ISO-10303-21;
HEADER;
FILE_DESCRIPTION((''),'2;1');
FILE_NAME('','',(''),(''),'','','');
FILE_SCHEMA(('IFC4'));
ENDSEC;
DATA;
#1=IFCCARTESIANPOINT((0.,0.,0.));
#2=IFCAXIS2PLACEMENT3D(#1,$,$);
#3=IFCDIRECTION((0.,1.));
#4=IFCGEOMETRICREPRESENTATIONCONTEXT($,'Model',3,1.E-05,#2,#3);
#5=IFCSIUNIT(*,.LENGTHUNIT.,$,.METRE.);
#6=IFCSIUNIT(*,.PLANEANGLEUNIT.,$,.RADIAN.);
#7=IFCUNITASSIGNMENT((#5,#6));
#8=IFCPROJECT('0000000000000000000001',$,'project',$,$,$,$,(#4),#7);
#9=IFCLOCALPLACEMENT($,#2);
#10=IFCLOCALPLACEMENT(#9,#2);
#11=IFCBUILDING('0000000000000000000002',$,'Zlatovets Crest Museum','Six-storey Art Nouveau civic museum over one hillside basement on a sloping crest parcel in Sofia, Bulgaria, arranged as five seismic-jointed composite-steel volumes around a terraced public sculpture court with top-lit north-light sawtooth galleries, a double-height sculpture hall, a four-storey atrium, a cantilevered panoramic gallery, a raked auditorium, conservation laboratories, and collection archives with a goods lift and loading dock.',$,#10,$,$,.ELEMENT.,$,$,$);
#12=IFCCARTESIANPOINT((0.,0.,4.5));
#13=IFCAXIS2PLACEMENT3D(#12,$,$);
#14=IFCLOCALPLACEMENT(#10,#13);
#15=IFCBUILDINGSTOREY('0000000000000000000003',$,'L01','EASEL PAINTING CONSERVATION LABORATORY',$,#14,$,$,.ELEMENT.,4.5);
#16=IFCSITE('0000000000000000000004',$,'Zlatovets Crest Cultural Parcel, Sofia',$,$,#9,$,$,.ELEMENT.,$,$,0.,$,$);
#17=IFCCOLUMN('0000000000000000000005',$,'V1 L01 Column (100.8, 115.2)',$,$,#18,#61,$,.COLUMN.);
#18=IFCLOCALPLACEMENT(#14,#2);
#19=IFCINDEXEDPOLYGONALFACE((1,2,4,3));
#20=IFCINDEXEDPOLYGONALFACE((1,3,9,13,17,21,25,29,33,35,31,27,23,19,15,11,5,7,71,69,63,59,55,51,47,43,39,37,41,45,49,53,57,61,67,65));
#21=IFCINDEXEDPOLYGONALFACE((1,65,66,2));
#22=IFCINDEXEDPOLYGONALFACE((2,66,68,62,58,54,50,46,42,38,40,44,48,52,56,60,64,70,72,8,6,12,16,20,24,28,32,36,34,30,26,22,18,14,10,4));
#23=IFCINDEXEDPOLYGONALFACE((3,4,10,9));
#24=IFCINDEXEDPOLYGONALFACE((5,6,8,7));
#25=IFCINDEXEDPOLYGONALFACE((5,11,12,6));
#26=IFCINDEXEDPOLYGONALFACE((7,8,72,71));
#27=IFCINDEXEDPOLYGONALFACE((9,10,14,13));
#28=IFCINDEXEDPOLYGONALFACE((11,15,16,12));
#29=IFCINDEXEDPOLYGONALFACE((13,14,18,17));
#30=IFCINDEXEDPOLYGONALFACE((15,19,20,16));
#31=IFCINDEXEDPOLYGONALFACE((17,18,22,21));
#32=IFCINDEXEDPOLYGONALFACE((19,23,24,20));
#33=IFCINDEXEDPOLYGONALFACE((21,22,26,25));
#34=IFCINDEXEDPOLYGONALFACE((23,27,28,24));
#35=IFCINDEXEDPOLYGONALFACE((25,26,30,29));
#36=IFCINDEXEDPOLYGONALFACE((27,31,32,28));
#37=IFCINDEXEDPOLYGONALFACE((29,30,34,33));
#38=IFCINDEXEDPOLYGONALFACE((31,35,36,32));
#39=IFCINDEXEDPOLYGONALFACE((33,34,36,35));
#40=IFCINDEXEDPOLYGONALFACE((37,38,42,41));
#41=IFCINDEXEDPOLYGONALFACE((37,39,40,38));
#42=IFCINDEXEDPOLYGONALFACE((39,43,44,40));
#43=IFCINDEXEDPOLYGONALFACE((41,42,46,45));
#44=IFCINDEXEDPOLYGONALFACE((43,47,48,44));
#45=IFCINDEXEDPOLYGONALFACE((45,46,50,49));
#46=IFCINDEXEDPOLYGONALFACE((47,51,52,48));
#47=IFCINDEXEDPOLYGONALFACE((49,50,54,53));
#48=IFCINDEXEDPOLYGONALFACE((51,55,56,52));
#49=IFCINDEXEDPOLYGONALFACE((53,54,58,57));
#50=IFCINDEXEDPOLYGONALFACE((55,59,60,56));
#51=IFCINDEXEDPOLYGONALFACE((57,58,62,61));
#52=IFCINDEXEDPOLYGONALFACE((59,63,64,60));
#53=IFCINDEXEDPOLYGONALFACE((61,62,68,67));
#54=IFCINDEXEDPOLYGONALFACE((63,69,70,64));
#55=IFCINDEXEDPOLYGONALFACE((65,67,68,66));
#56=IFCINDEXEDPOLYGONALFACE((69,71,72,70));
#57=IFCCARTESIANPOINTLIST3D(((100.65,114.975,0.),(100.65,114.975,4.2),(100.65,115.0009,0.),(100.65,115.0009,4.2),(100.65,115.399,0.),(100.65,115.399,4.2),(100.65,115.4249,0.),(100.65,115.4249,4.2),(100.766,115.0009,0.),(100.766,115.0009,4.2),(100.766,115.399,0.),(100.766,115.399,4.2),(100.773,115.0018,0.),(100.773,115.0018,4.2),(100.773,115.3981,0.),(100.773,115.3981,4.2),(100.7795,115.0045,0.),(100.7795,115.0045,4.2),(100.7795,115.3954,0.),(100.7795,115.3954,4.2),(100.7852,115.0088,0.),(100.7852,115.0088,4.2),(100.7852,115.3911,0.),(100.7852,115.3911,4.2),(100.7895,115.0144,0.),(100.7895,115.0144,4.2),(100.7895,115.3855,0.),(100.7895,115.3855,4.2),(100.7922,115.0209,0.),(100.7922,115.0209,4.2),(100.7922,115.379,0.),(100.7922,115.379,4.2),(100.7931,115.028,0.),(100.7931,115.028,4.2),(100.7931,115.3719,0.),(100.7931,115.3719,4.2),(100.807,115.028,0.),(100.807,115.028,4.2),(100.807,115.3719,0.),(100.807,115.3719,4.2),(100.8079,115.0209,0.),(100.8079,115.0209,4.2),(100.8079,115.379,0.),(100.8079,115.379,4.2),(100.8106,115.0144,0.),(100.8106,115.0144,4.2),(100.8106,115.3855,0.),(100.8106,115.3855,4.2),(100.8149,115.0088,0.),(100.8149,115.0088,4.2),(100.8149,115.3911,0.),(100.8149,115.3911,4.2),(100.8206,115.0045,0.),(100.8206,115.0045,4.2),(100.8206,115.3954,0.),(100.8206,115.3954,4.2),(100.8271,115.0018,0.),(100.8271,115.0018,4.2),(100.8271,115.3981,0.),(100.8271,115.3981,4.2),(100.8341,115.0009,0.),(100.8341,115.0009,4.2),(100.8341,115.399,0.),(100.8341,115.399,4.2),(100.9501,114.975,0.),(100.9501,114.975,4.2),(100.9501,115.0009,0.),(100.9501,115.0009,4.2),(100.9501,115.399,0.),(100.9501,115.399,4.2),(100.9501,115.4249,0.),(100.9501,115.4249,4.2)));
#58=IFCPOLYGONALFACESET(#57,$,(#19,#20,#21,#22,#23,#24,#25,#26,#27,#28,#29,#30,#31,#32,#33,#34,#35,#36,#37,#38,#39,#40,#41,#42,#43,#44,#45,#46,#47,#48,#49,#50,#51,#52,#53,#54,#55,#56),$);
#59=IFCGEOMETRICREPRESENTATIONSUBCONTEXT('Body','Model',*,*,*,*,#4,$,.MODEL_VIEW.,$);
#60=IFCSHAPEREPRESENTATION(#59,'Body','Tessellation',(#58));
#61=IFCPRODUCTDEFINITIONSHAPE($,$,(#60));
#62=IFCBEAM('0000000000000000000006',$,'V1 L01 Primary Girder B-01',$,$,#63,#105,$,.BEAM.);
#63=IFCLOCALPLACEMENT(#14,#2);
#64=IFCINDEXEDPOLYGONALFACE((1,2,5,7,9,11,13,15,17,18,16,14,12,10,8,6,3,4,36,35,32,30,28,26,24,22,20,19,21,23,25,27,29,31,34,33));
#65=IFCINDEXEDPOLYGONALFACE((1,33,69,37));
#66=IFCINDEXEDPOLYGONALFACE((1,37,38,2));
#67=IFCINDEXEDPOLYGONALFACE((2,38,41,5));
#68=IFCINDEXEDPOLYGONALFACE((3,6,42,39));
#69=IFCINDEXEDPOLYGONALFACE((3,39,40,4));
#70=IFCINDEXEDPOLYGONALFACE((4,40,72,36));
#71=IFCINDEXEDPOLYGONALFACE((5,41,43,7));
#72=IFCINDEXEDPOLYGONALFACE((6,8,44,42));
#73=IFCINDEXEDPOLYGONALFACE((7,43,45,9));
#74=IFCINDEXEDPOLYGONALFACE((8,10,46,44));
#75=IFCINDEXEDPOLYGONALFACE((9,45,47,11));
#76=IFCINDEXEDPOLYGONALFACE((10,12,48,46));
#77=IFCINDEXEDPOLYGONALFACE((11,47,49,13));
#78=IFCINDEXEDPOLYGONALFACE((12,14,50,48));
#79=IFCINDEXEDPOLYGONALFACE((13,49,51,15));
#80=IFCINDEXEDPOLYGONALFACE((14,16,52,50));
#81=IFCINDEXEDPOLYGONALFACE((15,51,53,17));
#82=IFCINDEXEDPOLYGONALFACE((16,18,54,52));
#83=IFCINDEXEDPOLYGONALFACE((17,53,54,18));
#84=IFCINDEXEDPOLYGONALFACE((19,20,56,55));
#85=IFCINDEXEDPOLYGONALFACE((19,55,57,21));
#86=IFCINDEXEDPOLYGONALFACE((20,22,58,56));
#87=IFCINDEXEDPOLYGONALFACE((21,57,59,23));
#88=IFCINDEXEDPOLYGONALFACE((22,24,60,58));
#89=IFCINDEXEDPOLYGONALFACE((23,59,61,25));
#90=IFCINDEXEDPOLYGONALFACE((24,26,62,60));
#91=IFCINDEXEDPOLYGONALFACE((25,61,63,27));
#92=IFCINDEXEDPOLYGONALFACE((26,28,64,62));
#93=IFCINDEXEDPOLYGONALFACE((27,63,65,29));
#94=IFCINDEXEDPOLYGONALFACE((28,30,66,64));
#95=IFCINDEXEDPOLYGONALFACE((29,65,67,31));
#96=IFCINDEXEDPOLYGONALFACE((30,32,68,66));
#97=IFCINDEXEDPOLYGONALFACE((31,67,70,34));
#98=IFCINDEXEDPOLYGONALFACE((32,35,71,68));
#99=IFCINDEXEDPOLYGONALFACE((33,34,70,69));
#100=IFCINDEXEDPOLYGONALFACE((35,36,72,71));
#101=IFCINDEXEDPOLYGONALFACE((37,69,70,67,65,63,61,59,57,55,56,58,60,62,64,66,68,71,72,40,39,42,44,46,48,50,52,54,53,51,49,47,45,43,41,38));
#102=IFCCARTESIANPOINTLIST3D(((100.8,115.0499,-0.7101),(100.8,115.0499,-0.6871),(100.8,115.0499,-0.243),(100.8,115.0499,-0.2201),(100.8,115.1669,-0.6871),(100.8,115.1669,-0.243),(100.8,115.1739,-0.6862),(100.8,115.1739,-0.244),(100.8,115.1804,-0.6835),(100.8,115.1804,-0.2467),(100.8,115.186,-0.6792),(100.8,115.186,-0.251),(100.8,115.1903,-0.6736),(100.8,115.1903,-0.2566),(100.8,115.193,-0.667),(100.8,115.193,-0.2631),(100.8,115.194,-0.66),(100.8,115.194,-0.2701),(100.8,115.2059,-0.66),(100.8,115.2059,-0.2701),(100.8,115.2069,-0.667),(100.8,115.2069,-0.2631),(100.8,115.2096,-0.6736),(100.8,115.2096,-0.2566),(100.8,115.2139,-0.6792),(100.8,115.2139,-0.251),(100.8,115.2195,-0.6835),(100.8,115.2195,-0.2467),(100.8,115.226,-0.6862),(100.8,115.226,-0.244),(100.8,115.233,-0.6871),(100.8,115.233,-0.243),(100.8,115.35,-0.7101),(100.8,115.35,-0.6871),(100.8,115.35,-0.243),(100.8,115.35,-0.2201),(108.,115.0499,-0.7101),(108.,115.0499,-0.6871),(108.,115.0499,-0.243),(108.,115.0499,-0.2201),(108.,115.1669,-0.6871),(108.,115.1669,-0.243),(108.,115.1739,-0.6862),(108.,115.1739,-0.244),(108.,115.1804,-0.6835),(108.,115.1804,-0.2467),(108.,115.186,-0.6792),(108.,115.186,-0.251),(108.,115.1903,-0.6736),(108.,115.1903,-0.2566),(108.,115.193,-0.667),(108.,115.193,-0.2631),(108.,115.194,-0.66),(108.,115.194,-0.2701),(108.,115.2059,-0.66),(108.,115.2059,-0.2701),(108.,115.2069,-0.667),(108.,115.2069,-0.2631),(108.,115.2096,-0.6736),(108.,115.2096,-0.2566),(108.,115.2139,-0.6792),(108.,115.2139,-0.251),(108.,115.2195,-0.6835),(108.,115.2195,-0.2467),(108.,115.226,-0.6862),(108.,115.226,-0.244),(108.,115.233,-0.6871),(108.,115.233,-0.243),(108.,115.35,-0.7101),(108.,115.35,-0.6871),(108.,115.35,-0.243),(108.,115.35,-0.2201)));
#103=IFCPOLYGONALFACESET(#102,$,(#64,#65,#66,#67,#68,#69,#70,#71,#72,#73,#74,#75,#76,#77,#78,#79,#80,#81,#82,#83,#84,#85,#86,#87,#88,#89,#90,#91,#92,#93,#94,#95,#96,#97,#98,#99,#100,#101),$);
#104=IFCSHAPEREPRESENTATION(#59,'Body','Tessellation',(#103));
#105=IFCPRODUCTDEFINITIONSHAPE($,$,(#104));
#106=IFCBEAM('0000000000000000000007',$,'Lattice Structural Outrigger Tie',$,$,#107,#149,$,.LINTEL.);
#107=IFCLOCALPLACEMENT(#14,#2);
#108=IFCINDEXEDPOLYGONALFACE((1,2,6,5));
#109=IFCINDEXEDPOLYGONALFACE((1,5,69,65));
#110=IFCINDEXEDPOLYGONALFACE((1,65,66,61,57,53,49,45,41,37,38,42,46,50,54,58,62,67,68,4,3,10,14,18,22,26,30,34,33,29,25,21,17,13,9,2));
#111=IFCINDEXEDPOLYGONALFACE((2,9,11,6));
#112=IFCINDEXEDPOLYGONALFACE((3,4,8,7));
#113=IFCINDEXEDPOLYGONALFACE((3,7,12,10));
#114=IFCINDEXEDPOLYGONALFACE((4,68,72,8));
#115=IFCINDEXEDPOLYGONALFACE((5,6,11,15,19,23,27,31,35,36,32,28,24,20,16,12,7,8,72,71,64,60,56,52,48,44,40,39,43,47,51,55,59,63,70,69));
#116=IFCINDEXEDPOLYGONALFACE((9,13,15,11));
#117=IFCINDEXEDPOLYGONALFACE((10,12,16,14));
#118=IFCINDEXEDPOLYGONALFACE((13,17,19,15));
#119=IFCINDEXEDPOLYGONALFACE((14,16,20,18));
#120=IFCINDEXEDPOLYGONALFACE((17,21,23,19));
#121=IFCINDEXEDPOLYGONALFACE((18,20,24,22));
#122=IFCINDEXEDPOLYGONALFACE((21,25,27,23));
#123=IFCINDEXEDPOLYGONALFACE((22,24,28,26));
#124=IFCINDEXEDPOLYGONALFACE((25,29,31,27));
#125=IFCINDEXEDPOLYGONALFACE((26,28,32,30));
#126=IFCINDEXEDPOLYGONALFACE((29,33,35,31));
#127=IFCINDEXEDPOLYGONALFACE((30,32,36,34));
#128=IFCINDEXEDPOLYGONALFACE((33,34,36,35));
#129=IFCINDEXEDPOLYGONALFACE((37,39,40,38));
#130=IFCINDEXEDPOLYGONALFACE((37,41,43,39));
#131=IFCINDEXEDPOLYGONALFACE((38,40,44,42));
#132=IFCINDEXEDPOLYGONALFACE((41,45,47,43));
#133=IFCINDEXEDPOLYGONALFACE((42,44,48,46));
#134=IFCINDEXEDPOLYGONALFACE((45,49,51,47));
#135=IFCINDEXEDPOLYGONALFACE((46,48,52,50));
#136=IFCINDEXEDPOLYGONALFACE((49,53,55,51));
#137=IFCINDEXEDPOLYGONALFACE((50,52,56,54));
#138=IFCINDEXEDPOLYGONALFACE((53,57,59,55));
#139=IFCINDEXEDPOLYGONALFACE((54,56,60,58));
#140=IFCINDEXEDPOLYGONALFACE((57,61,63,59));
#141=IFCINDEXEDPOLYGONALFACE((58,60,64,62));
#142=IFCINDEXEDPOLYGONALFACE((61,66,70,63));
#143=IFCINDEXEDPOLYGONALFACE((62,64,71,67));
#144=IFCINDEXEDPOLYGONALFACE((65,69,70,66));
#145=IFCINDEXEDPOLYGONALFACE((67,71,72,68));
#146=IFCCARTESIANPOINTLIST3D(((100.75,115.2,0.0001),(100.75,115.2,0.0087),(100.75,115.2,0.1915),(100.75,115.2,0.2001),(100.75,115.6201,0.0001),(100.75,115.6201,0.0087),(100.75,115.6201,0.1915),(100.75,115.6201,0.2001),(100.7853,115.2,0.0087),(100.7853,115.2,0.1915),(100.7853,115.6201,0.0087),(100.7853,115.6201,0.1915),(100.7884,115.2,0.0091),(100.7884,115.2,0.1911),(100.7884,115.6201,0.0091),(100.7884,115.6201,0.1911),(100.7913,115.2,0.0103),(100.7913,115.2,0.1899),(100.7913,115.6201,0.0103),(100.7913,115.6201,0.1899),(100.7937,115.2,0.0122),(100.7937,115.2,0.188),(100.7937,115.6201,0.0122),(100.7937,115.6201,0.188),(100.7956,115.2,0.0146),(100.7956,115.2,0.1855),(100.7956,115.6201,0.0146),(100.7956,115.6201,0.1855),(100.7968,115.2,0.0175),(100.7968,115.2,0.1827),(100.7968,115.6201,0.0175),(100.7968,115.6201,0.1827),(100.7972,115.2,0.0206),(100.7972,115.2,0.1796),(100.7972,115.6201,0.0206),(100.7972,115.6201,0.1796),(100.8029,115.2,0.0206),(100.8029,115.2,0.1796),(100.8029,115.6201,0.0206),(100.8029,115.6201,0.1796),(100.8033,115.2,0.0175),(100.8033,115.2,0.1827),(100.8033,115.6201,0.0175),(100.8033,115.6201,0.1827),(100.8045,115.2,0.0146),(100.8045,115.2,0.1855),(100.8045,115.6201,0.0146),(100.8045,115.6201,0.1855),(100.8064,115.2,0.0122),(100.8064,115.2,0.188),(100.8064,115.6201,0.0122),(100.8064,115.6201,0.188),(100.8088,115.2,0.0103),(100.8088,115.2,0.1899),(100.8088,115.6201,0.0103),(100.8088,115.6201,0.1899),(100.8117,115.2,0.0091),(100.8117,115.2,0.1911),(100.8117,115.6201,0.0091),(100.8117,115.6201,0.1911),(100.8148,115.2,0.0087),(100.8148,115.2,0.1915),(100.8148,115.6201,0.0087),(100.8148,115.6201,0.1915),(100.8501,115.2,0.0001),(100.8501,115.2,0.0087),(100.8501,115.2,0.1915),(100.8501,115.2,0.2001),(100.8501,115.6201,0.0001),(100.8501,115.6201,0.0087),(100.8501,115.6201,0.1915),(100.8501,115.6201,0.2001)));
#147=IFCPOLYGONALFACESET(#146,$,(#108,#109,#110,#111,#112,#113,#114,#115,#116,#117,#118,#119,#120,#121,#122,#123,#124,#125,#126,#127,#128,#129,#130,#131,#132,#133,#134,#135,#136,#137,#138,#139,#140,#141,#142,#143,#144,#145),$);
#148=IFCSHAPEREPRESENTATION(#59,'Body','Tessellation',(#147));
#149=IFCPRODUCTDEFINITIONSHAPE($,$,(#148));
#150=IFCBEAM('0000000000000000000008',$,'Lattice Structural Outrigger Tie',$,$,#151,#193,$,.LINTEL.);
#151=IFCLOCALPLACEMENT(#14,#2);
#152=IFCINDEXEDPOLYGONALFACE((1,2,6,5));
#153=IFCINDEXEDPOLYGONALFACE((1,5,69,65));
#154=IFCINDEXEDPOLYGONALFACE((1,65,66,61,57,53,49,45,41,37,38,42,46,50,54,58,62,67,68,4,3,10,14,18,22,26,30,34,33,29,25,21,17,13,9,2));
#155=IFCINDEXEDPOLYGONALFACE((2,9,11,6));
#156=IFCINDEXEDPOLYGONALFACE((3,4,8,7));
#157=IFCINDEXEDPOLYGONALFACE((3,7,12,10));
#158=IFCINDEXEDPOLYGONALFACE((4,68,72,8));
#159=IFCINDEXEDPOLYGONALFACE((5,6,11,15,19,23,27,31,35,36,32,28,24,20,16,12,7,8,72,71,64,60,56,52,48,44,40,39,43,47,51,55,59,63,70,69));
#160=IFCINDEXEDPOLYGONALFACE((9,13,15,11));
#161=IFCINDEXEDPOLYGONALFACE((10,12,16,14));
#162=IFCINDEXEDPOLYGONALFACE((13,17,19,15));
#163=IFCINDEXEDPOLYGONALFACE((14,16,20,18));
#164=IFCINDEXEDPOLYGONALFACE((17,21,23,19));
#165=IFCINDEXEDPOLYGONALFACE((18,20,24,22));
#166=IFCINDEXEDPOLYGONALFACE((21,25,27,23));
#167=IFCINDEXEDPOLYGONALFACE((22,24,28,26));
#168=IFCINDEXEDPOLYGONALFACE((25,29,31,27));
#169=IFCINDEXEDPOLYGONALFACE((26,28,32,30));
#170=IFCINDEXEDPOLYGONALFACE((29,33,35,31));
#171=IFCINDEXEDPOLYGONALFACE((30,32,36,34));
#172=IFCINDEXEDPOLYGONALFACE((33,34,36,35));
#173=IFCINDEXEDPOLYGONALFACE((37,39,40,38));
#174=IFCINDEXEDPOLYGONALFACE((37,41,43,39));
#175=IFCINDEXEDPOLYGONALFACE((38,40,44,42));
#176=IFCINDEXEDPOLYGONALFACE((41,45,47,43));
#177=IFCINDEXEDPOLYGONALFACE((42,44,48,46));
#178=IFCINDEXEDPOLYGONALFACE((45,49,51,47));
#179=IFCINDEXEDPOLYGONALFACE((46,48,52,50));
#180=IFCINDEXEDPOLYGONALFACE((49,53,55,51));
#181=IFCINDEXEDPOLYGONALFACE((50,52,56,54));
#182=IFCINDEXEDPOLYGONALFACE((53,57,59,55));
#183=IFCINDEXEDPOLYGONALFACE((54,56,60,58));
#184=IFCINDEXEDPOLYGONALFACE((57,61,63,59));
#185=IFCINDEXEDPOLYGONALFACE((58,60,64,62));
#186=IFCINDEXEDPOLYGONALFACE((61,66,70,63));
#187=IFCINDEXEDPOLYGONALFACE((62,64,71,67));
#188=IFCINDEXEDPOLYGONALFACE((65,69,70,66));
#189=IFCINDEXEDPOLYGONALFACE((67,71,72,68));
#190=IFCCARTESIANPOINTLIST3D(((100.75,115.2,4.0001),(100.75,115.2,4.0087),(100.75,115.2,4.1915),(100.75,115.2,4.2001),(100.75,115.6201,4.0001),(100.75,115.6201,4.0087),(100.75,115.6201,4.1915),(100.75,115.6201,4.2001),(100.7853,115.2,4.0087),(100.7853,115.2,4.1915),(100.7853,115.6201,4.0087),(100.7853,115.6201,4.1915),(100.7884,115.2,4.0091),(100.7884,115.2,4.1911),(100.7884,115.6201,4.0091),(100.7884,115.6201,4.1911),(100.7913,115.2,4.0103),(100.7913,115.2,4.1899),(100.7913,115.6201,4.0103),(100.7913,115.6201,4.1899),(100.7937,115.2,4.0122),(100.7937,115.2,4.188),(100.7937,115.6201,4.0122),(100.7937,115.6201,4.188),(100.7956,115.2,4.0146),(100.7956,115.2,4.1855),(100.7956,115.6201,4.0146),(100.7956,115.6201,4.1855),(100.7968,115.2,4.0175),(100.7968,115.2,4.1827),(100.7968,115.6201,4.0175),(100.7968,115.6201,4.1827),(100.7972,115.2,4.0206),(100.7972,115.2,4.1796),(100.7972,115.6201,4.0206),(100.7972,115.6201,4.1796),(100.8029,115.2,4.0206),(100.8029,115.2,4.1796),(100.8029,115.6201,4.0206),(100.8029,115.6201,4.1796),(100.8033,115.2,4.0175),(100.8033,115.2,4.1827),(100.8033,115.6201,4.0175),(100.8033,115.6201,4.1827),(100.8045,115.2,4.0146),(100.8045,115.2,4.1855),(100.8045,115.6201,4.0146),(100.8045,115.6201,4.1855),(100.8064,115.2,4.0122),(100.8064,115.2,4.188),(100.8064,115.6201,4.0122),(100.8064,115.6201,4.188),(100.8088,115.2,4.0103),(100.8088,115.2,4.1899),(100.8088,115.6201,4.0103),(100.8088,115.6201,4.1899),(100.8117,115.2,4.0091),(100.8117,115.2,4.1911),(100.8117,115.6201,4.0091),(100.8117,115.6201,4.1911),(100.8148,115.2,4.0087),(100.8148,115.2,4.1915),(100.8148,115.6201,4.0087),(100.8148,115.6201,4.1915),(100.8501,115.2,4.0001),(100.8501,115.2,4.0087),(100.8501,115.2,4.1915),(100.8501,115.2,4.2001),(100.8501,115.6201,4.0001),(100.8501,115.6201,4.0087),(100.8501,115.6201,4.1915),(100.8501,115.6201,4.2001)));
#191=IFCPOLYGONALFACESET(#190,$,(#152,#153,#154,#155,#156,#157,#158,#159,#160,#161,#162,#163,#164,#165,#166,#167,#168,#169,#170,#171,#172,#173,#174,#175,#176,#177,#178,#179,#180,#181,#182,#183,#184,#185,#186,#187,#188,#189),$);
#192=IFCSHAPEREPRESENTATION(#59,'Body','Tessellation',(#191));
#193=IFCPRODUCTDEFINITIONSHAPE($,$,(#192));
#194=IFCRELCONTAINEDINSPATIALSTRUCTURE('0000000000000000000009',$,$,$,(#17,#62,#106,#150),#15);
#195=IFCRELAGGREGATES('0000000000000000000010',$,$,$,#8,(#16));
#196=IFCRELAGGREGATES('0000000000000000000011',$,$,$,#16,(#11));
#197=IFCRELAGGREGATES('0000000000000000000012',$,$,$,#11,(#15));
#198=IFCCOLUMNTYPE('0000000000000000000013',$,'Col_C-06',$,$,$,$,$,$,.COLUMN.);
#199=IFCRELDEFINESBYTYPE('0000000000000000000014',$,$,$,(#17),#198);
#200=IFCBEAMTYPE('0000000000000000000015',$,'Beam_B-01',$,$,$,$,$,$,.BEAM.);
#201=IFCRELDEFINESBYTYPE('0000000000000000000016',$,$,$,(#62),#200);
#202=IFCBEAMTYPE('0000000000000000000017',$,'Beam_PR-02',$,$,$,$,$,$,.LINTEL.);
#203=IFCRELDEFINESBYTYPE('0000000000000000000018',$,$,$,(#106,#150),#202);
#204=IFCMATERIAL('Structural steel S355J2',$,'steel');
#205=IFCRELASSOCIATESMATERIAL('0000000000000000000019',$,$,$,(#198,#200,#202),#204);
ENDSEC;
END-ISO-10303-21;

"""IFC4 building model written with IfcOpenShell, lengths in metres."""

from ifc_helpers import new_model, si_unit, direction, frame, origin, origin_2d, place, context, subcontext, project, spatial, i_section, extrude, material, material_profile, profile_set, type_object, element, save


model = new_model("IFC4")

# Units and contexts
model_context = context("Model", 3, precision=1e-05, world=origin(), true_north=direction((0.0, 1.0)))
body_context = subcontext(model_context, "Body", "Model", "MODEL_VIEW")
ifc_project = project(units=[si_unit("LENGTHUNIT", "METRE"), si_unit("PLANEANGLEUNIT", "RADIAN")], contexts=[model_context])

# Site, building, storey
site_placement = place(None, origin())
site = spatial("IfcSite", under=ifc_project, at=site_placement, Name="Zlatovets Crest Cultural Parcel, Sofia", CompositionType="ELEMENT", RefElevation=0.0)
building_placement = place(site_placement, origin())
building = spatial("IfcBuilding", under=site, at=building_placement, Name="Zlatovets Crest Museum", Description="Six-storey Art Nouveau civic museum over one hillside basement on a sloping crest parcel in Sofia, Bulgaria, arranged as five seismic-jointed composite-steel volumes around a terraced public sculpture court with top-lit north-light sawtooth galleries, a double-height sculpture hall, a four-storey atrium, a cantilevered panoramic gallery, a raked auditorium, conservation laboratories, and collection archives with a goods lift and loading dock.", CompositionType="ELEMENT")
storey_placement = place(building_placement, frame((0.0, 0.0, 4.5)))
storey = spatial("IfcBuildingStorey", under=building, at=storey_placement, Name="L01", Description="EASEL PAINTING CONSERVATION LABORATORY", CompositionType="ELEMENT", Elevation=4.5)

# Column
ifc_material_1 = material(Name="Structural steel S355J2", Category="steel")
ifc_material_profile_1 = material_profile(ifc_material_1, i_section(OverallWidth=0.3, OverallDepth=0.45, WebThickness=0.0139, FlangeThickness=0.0259, FilletRadius=0.0271, at=origin_2d()), Name="HEB 450")
ifc_profile_set_1 = profile_set([ifc_material_profile_1], Name="Structural steel S355J2")
column_type = type_object("IfcColumnType", Name="Col_C-06", PredefinedType="COLUMN", material=ifc_profile_set_1)
column_placement = place(storey_placement, frame((100.8, 115.2, 0.0), z_axis=(0.0, 0.0, 1.0), x_axis=(1.0, 0.0, 0.0)))
element("IfcColumn", 1, at=column_placement, inside=storey, type_object=column_type, Name="V1 L01 Column (100.8, 115.2)", PredefinedType="COLUMN", context=body_context, shape_type="SweptSolid", body=[
    extrude(i_section(OverallWidth=0.3, OverallDepth=0.45, WebThickness=0.0139, FlangeThickness=0.0259, FilletRadius=0.0271, at=origin_2d()), origin(), (0.0, 0.0, 1.0), 4.2),
])

# Beams
ifc_material_profile_2 = material_profile(ifc_material_1, i_section(OverallWidth=0.3, OverallDepth=0.49, WebThickness=0.012, FlangeThickness=0.0229, FilletRadius=0.0271, at=origin_2d()), Name="HEA 500")
ifc_profile_set_2 = profile_set([ifc_material_profile_2], Name="Structural steel S355J2")
beam_type_1 = type_object("IfcBeamType", Name="Beam_B-01", PredefinedType="BEAM", material=ifc_profile_set_2)
beam_placement = place(storey_placement, frame((100.8, 115.2, -0.4651), z_axis=(1.0, 0.0, 0.0), x_axis=(0.0, 1.0, 0.0)))
element("IfcBeam", 2, at=beam_placement, inside=storey, type_object=beam_type_1, Name="V1 L01 Primary Girder B-01", PredefinedType="BEAM", context=body_context, shape_type="SweptSolid", body=[
    extrude(i_section(OverallWidth=0.3, OverallDepth=0.49, WebThickness=0.012, FlangeThickness=0.0229, FilletRadius=0.0271, at=origin_2d()), origin(), (0.0, 0.0, 1.0), 7.2),
])
ifc_material_profile_3 = material_profile(ifc_material_1, i_section(OverallWidth=0.1001, OverallDepth=0.2, WebThickness=0.0056, FlangeThickness=0.0085, FilletRadius=0.012, at=origin_2d()), Name="IPE 200")
ifc_profile_set_3 = profile_set([ifc_material_profile_3], Name="Structural steel S355J2")
beam_type_2 = type_object("IfcBeamType", Name="Beam_PR-02", PredefinedType="LINTEL", material=ifc_profile_set_3)
for number, where, z_axis, x_axis, name in (
    (3, (100.8, 115.2, 0.1001), (0.0, 1.0, 0.0), (-1.0, 0.0, 0.0), "Lattice Structural Outrigger Tie"),
    (4, (100.8, 115.2, 4.1001), (0.0, 1.0, 0.0), (-1.0, 0.0, 0.0), "Lattice Structural Outrigger Tie"),
):
    element("IfcBeam", number, at=place(storey_placement, frame(where, z_axis=z_axis, x_axis=x_axis)), inside=storey, type_object=beam_type_2, Name=name, PredefinedType="LINTEL", context=body_context, shape_type="SweptSolid", body=[
        extrude(i_section(OverallWidth=0.1001, OverallDepth=0.2, WebThickness=0.0056, FlangeThickness=0.0085, FilletRadius=0.012, at=origin_2d()), origin(), (0.0, 0.0, 1.0), 0.4202),
    ])

save(model, "model.ifc")
